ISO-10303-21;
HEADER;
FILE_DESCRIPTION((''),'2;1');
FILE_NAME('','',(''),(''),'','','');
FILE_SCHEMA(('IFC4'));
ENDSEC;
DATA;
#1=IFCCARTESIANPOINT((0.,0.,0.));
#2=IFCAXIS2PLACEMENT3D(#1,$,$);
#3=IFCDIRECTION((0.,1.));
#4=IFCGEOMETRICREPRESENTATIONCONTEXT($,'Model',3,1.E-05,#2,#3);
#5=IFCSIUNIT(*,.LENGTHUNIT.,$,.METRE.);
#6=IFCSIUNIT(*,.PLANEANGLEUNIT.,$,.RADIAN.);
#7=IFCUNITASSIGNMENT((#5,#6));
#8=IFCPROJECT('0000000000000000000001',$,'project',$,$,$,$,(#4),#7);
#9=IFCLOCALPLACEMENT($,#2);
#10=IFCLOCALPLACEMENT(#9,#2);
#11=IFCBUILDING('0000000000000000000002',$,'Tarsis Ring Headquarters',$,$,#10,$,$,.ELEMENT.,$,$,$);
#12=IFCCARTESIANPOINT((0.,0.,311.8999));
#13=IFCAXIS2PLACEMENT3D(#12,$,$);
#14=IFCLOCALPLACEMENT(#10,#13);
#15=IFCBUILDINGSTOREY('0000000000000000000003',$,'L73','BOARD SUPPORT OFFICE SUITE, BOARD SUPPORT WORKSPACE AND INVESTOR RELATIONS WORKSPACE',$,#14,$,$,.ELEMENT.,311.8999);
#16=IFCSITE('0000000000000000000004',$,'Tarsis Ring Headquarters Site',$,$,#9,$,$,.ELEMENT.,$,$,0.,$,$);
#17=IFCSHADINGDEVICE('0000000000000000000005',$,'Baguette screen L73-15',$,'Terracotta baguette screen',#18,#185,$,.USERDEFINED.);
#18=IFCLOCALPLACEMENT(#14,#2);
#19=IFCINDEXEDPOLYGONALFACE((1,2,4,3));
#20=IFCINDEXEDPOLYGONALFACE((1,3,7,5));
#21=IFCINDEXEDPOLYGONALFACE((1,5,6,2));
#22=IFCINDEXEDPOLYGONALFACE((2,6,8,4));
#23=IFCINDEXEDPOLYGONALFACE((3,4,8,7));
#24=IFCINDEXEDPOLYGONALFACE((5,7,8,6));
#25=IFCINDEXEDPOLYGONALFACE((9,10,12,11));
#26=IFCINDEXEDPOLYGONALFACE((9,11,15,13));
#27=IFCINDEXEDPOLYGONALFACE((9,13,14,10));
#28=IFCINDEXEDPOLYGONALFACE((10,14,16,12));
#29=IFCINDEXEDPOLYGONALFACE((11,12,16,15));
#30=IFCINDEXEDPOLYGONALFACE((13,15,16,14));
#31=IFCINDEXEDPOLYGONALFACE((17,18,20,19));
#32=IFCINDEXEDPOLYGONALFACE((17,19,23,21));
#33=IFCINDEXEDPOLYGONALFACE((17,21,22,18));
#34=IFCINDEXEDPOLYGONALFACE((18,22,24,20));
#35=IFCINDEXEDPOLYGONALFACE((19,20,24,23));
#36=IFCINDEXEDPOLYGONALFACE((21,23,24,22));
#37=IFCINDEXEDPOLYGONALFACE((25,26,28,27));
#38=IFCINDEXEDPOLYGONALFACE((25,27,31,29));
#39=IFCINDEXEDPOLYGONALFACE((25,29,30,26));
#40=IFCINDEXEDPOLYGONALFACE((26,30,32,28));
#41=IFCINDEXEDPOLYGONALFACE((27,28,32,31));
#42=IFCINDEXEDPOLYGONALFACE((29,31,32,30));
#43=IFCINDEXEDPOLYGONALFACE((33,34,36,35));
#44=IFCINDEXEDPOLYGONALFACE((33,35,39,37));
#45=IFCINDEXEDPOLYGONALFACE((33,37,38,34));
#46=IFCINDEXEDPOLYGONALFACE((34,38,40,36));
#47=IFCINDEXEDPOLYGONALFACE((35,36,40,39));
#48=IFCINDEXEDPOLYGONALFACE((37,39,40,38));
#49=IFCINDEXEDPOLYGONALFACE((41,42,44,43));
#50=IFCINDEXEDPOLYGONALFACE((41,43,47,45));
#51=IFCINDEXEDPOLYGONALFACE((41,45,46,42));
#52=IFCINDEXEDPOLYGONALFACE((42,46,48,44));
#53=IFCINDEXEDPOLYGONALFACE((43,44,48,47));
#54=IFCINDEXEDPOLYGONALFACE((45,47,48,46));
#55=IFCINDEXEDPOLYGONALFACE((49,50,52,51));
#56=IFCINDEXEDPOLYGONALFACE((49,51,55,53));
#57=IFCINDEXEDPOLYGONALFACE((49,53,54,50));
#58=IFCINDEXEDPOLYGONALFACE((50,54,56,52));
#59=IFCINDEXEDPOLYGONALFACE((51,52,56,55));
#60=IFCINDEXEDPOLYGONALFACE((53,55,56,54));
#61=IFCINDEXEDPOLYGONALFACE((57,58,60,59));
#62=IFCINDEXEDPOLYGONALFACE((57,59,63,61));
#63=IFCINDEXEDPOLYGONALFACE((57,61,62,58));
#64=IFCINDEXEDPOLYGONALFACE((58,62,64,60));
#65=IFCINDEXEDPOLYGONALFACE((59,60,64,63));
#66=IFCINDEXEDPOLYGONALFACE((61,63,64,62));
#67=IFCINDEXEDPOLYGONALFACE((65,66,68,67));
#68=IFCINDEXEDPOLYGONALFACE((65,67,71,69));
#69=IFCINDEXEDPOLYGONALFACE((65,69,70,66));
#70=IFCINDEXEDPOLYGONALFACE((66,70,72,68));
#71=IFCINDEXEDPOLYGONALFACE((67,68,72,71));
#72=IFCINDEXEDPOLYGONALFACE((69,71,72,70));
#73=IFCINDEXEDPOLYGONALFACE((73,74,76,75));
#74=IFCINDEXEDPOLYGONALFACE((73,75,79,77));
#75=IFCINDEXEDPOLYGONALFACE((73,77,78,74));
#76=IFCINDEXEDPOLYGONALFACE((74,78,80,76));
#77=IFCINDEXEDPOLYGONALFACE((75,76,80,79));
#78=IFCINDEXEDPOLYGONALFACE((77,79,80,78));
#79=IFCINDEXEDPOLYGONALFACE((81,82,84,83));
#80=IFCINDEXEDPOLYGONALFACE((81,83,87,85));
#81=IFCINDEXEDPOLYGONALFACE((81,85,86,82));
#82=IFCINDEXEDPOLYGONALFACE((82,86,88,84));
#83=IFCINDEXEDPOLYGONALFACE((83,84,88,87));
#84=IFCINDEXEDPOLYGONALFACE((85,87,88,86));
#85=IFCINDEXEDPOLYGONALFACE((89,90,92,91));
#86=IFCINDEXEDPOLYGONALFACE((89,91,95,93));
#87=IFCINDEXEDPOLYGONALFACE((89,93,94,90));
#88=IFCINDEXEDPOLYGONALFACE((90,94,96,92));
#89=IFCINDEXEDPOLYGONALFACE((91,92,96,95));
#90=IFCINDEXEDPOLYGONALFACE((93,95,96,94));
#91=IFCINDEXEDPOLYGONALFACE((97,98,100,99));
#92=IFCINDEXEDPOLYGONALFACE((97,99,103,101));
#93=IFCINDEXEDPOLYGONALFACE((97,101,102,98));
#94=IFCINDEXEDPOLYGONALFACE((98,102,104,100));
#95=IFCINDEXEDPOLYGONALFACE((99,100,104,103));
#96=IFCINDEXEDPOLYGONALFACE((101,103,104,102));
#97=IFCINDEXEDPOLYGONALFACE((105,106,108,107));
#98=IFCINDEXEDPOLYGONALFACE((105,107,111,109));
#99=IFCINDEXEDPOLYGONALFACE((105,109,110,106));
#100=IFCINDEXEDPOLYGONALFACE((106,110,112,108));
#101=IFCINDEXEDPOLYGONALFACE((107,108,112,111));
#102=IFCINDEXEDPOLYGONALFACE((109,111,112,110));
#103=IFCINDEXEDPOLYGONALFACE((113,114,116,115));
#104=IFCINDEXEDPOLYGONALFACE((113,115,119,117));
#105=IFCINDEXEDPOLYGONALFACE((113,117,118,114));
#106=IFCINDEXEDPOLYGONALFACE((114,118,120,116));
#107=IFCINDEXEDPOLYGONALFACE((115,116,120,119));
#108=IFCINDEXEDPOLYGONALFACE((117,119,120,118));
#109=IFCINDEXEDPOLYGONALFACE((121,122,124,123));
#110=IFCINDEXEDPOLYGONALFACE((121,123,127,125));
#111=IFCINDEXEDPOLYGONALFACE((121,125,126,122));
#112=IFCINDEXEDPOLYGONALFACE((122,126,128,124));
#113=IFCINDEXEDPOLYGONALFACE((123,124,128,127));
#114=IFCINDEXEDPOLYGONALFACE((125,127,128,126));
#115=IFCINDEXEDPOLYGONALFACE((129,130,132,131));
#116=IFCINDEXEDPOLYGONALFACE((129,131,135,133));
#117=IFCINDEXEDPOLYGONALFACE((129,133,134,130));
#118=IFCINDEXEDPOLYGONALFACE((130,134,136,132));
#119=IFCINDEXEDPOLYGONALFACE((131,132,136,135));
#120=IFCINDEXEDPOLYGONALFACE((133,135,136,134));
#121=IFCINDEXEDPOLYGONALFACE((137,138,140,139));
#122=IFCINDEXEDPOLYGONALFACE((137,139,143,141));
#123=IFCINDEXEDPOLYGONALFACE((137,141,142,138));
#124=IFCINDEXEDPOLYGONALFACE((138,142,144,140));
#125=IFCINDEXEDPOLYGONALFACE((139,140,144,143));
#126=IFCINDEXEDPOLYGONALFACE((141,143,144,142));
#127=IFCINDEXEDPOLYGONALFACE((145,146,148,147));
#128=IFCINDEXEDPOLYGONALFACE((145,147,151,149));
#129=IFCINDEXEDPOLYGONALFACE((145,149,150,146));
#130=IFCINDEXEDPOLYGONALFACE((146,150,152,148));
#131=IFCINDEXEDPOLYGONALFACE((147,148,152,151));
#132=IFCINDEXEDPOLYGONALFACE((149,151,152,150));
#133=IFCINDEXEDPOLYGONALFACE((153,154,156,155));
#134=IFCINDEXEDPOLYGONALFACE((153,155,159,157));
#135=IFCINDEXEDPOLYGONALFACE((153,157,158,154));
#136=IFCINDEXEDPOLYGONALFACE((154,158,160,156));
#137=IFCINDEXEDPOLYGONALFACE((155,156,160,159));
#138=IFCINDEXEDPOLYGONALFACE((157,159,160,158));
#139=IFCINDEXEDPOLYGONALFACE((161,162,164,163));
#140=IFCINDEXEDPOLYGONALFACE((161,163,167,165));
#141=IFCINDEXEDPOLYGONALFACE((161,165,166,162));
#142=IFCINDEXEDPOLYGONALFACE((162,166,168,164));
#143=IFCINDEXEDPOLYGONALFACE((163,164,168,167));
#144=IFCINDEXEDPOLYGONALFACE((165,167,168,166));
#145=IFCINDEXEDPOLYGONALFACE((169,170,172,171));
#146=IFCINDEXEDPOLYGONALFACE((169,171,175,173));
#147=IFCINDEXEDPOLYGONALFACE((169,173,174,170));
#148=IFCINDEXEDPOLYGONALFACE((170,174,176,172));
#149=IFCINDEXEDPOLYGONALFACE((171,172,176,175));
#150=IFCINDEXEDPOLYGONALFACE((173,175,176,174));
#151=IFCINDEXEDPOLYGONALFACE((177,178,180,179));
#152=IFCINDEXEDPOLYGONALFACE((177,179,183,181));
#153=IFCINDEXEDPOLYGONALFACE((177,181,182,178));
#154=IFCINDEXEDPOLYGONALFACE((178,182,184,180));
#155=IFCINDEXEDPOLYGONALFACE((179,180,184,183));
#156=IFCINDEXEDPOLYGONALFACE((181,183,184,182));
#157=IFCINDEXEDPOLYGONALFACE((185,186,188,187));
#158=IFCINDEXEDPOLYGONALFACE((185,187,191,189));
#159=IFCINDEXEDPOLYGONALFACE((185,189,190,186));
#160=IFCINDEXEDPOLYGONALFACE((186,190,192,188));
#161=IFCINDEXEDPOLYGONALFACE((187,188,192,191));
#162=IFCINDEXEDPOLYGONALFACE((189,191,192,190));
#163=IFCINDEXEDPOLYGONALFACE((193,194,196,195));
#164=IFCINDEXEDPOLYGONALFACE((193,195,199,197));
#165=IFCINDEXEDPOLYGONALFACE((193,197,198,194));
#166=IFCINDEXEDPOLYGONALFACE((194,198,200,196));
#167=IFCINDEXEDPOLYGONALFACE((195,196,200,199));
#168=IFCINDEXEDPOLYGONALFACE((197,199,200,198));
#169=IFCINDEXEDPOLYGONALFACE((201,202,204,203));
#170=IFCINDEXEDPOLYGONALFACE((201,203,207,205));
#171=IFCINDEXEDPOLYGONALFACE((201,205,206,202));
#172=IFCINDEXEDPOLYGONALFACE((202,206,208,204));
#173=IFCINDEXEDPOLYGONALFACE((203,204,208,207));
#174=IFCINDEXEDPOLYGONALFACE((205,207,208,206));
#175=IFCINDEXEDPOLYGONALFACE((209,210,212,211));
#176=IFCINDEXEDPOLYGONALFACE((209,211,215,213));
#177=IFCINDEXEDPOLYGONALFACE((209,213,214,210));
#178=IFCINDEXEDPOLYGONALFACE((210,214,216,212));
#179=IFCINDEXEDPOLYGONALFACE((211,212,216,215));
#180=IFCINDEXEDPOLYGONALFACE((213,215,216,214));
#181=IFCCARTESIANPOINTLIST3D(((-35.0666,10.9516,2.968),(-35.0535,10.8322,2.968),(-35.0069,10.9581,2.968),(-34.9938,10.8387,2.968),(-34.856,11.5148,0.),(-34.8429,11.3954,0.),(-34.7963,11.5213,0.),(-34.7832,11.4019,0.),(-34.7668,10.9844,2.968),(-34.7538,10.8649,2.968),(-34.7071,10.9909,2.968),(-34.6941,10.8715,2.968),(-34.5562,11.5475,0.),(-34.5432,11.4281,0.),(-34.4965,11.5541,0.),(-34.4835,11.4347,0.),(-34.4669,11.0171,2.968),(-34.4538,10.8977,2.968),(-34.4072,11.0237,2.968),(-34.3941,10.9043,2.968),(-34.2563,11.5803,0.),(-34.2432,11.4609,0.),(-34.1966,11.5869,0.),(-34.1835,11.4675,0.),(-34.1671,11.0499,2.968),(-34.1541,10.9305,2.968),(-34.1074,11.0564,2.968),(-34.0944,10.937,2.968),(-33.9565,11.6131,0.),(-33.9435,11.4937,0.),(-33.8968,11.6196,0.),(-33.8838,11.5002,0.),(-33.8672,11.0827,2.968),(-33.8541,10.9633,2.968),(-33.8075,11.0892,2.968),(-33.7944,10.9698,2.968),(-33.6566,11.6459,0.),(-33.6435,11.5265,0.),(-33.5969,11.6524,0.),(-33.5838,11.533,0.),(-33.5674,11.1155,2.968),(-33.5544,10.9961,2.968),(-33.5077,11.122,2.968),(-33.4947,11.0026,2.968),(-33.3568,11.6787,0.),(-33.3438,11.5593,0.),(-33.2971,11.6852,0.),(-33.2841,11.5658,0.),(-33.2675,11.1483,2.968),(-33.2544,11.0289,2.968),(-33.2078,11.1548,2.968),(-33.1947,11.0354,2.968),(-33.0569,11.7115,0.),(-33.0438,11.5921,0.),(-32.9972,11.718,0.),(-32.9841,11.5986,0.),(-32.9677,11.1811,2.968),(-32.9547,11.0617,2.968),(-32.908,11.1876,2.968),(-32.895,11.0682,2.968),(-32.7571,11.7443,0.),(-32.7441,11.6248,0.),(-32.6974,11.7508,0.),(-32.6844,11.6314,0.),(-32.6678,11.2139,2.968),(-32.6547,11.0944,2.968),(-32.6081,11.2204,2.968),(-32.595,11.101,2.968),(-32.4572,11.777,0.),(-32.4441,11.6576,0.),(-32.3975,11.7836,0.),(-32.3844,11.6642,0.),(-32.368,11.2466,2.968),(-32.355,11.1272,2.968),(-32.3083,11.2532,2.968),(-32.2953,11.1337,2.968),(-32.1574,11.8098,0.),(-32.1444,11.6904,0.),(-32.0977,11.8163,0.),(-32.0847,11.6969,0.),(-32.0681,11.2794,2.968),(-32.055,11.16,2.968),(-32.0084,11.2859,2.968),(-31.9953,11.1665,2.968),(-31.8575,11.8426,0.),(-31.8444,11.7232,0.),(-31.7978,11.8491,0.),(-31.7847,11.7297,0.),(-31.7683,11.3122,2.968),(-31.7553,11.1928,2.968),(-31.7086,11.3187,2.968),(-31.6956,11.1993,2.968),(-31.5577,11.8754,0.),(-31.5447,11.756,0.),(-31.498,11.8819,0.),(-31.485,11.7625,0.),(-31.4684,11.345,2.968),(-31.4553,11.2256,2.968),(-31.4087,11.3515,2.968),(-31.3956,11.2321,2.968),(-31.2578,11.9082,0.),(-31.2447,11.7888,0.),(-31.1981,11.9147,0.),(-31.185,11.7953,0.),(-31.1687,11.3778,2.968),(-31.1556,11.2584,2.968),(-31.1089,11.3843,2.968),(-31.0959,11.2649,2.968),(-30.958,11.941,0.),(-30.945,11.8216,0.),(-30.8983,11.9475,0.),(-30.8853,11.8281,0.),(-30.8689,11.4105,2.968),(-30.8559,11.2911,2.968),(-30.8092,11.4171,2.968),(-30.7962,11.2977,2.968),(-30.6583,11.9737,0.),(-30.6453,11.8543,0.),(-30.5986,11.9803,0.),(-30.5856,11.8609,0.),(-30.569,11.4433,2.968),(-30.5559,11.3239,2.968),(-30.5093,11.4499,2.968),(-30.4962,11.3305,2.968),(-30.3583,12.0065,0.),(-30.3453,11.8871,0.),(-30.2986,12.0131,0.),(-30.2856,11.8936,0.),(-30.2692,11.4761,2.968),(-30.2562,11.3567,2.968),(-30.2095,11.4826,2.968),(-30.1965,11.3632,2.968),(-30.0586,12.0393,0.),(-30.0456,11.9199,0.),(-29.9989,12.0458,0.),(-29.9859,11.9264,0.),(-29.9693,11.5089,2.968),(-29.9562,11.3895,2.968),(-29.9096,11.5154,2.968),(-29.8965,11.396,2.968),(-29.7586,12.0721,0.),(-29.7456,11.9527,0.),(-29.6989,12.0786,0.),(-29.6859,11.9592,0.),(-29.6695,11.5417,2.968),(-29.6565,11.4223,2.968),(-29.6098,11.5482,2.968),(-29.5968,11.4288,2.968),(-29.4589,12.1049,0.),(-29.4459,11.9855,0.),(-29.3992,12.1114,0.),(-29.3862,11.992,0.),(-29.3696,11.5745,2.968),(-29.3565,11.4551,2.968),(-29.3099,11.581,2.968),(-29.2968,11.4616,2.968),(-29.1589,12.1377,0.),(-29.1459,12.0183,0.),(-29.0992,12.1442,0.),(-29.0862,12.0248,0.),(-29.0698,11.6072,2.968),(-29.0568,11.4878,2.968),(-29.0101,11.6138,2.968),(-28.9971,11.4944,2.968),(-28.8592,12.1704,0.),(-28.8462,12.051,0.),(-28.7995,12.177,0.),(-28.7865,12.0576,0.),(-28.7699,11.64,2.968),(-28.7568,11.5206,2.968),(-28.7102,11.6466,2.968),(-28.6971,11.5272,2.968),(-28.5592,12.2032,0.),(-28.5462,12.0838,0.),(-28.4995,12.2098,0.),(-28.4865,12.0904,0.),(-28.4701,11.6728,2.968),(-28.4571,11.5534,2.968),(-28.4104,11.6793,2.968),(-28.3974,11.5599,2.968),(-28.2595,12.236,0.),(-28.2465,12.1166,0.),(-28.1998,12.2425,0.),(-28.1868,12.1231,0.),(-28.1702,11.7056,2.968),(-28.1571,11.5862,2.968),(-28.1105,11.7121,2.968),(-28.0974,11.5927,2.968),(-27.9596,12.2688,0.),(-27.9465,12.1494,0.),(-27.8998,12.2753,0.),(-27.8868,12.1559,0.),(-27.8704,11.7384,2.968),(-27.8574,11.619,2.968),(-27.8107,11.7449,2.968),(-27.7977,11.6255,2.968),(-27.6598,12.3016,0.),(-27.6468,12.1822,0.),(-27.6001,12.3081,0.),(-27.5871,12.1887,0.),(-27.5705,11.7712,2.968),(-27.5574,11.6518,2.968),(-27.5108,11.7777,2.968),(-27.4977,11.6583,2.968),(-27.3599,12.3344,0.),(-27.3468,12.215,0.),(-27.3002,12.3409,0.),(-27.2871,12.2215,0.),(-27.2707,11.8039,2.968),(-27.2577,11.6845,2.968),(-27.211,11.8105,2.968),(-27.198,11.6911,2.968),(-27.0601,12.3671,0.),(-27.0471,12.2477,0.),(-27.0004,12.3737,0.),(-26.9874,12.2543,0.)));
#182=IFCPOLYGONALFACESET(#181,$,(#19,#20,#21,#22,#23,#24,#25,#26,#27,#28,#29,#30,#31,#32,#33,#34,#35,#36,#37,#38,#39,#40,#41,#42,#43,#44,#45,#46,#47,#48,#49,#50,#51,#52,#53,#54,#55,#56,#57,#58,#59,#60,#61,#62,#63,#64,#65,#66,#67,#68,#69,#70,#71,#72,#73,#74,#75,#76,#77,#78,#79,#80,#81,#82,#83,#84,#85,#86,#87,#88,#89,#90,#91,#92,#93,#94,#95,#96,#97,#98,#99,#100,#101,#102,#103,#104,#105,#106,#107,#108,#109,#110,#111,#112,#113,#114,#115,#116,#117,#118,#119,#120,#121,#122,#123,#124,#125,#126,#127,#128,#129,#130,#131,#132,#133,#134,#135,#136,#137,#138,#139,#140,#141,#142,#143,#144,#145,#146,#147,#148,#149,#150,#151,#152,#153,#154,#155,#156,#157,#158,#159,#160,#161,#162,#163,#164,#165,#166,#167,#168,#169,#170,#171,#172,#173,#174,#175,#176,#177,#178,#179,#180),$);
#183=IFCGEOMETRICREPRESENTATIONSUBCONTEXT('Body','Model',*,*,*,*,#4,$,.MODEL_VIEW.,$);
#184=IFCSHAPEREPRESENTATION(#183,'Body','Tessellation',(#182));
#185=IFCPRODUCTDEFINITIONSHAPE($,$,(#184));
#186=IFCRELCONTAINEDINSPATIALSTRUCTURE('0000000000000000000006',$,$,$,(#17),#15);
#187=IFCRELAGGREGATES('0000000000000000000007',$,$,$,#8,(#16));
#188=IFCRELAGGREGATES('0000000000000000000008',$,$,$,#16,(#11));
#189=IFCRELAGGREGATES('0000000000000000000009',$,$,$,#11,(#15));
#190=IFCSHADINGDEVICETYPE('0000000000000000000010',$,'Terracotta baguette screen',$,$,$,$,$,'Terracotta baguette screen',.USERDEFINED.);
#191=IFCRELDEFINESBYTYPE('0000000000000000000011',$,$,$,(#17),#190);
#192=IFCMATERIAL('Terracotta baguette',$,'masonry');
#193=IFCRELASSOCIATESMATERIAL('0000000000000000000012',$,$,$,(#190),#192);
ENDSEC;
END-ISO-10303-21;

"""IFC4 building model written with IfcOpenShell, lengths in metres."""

from ifc_helpers import new_model, si_unit, direction, frame, frame_2d, origin, place, context, subcontext, project, spatial, rectangle, composite_profile, extrude, material, type_object, element, save


model = new_model("IFC4")

# Units and contexts
model_context = context("Model", 3, precision=1e-05, world=origin(), true_north=direction((0.0, 1.0)))
body_context = subcontext(model_context, "Body", "Model", "MODEL_VIEW")
ifc_project = project(units=[si_unit("LENGTHUNIT", "METRE"), si_unit("PLANEANGLEUNIT", "RADIAN")], contexts=[model_context])

# Site, building, storey
site_placement = place(None, origin())
site = spatial("IfcSite", under=ifc_project, at=site_placement, Name="Tarsis Ring Headquarters Site", CompositionType="ELEMENT", RefElevation=0.0)
building_placement = place(site_placement, origin())
building = spatial("IfcBuilding", under=site, at=building_placement, Name="Tarsis Ring Headquarters", CompositionType="ELEMENT")
storey_placement = place(building_placement, frame((0.0, 0.0, 311.8999)))
storey = spatial("IfcBuildingStorey", under=building, at=storey_placement, Name="L73", Description="BOARD SUPPORT OFFICE SUITE, BOARD SUPPORT WORKSPACE AND INVESTOR RELATIONS WORKSPACE", CompositionType="ELEMENT", Elevation=311.8999)

# Shading device
ifc_material_1 = material(Name="Terracotta baguette", Category="masonry")
shading_device_type_1 = type_object("IfcShadingDeviceType", Name="Terracotta baguette screen", ElementType="Terracotta baguette screen", PredefinedType="USERDEFINED", material=ifc_material_1)
shading_device_1_placement = place(storey_placement, frame((-26.9939, 12.314, 0.0), z_axis=(0.0, 0.0, 1.0), x_axis=(-0.994068, -0.108688, 0.0)))
element("IfcShadingDevice", 1, at=shading_device_1_placement, inside=storey, type_object=shading_device_type_1, Name="Baguette screen L73-15", ObjectType="Terracotta baguette screen", PredefinedType="USERDEFINED", context=body_context, shape_type="SweptSolid", body=[
    extrude(composite_profile([rectangle(XDim=0.0601, YDim=0.1201, at=frame_2d((0.03, 0.0))), rectangle(XDim=0.0601, YDim=0.1201, at=frame_2d((0.3315, 0.0))), rectangle(XDim=0.0601, YDim=0.1201, at=frame_2d((0.6333, 0.0))), rectangle(XDim=0.0601, YDim=0.1201, at=frame_2d((0.9348, 0.0))), rectangle(XDim=0.0601, YDim=0.1201, at=frame_2d((1.2366, 0.0))), rectangle(XDim=0.0601, YDim=0.1201, at=frame_2d((1.5381, 0.0))), rectangle(XDim=0.0601, YDim=0.1201, at=frame_2d((1.8398, 0.0))), rectangle(XDim=0.0601, YDim=0.1201, at=frame_2d((2.1414, 0.0))), rectangle(XDim=0.0601, YDim=0.1201, at=frame_2d((2.4431, 0.0))), rectangle(XDim=0.0601, YDim=0.1201, at=frame_2d((2.7446, 0.0))), rectangle(XDim=0.0601, YDim=0.1201, at=frame_2d((3.0464, 0.0))), rectangle(XDim=0.0601, YDim=0.1201, at=frame_2d((3.3479, 0.0))), rectangle(XDim=0.0601, YDim=0.1201, at=frame_2d((3.6497, 0.0))), rectangle(XDim=0.0601, YDim=0.1201, at=frame_2d((3.9512, 0.0))), rectangle(XDim=0.0601, YDim=0.1201, at=frame_2d((4.2527, 0.0))), rectangle(XDim=0.0601, YDim=0.1201, at=frame_2d((4.5544, 0.0))), rectangle(XDim=0.0601, YDim=0.1201, at=frame_2d((4.856, 0.0))), rectangle(XDim=0.0601, YDim=0.1201, at=frame_2d((5.1577, 0.0))), rectangle(XDim=0.0601, YDim=0.1201, at=frame_2d((5.4592, 0.0))), rectangle(XDim=0.0601, YDim=0.1201, at=frame_2d((5.761, 0.0))), rectangle(XDim=0.0601, YDim=0.1201, at=frame_2d((6.0625, 0.0))), rectangle(XDim=0.0601, YDim=0.1201, at=frame_2d((6.3643, 0.0))), rectangle(XDim=0.0601, YDim=0.1201, at=frame_2d((6.6658, 0.0))), rectangle(XDim=0.0601, YDim=0.1201, at=frame_2d((6.9675, 0.0))), rectangle(XDim=0.0601, YDim=0.1201, at=frame_2d((7.269, 0.0))), rectangle(XDim=0.0601, YDim=0.1201, at=frame_2d((7.5708, 0.0))), rectangle(XDim=0.0601, YDim=0.1201, at=frame_2d((7.8723, 0.0)))]), origin(), (0.089349, 0.177315, 0.98009), 3.0283),
])

save(model, "model.ifc")
